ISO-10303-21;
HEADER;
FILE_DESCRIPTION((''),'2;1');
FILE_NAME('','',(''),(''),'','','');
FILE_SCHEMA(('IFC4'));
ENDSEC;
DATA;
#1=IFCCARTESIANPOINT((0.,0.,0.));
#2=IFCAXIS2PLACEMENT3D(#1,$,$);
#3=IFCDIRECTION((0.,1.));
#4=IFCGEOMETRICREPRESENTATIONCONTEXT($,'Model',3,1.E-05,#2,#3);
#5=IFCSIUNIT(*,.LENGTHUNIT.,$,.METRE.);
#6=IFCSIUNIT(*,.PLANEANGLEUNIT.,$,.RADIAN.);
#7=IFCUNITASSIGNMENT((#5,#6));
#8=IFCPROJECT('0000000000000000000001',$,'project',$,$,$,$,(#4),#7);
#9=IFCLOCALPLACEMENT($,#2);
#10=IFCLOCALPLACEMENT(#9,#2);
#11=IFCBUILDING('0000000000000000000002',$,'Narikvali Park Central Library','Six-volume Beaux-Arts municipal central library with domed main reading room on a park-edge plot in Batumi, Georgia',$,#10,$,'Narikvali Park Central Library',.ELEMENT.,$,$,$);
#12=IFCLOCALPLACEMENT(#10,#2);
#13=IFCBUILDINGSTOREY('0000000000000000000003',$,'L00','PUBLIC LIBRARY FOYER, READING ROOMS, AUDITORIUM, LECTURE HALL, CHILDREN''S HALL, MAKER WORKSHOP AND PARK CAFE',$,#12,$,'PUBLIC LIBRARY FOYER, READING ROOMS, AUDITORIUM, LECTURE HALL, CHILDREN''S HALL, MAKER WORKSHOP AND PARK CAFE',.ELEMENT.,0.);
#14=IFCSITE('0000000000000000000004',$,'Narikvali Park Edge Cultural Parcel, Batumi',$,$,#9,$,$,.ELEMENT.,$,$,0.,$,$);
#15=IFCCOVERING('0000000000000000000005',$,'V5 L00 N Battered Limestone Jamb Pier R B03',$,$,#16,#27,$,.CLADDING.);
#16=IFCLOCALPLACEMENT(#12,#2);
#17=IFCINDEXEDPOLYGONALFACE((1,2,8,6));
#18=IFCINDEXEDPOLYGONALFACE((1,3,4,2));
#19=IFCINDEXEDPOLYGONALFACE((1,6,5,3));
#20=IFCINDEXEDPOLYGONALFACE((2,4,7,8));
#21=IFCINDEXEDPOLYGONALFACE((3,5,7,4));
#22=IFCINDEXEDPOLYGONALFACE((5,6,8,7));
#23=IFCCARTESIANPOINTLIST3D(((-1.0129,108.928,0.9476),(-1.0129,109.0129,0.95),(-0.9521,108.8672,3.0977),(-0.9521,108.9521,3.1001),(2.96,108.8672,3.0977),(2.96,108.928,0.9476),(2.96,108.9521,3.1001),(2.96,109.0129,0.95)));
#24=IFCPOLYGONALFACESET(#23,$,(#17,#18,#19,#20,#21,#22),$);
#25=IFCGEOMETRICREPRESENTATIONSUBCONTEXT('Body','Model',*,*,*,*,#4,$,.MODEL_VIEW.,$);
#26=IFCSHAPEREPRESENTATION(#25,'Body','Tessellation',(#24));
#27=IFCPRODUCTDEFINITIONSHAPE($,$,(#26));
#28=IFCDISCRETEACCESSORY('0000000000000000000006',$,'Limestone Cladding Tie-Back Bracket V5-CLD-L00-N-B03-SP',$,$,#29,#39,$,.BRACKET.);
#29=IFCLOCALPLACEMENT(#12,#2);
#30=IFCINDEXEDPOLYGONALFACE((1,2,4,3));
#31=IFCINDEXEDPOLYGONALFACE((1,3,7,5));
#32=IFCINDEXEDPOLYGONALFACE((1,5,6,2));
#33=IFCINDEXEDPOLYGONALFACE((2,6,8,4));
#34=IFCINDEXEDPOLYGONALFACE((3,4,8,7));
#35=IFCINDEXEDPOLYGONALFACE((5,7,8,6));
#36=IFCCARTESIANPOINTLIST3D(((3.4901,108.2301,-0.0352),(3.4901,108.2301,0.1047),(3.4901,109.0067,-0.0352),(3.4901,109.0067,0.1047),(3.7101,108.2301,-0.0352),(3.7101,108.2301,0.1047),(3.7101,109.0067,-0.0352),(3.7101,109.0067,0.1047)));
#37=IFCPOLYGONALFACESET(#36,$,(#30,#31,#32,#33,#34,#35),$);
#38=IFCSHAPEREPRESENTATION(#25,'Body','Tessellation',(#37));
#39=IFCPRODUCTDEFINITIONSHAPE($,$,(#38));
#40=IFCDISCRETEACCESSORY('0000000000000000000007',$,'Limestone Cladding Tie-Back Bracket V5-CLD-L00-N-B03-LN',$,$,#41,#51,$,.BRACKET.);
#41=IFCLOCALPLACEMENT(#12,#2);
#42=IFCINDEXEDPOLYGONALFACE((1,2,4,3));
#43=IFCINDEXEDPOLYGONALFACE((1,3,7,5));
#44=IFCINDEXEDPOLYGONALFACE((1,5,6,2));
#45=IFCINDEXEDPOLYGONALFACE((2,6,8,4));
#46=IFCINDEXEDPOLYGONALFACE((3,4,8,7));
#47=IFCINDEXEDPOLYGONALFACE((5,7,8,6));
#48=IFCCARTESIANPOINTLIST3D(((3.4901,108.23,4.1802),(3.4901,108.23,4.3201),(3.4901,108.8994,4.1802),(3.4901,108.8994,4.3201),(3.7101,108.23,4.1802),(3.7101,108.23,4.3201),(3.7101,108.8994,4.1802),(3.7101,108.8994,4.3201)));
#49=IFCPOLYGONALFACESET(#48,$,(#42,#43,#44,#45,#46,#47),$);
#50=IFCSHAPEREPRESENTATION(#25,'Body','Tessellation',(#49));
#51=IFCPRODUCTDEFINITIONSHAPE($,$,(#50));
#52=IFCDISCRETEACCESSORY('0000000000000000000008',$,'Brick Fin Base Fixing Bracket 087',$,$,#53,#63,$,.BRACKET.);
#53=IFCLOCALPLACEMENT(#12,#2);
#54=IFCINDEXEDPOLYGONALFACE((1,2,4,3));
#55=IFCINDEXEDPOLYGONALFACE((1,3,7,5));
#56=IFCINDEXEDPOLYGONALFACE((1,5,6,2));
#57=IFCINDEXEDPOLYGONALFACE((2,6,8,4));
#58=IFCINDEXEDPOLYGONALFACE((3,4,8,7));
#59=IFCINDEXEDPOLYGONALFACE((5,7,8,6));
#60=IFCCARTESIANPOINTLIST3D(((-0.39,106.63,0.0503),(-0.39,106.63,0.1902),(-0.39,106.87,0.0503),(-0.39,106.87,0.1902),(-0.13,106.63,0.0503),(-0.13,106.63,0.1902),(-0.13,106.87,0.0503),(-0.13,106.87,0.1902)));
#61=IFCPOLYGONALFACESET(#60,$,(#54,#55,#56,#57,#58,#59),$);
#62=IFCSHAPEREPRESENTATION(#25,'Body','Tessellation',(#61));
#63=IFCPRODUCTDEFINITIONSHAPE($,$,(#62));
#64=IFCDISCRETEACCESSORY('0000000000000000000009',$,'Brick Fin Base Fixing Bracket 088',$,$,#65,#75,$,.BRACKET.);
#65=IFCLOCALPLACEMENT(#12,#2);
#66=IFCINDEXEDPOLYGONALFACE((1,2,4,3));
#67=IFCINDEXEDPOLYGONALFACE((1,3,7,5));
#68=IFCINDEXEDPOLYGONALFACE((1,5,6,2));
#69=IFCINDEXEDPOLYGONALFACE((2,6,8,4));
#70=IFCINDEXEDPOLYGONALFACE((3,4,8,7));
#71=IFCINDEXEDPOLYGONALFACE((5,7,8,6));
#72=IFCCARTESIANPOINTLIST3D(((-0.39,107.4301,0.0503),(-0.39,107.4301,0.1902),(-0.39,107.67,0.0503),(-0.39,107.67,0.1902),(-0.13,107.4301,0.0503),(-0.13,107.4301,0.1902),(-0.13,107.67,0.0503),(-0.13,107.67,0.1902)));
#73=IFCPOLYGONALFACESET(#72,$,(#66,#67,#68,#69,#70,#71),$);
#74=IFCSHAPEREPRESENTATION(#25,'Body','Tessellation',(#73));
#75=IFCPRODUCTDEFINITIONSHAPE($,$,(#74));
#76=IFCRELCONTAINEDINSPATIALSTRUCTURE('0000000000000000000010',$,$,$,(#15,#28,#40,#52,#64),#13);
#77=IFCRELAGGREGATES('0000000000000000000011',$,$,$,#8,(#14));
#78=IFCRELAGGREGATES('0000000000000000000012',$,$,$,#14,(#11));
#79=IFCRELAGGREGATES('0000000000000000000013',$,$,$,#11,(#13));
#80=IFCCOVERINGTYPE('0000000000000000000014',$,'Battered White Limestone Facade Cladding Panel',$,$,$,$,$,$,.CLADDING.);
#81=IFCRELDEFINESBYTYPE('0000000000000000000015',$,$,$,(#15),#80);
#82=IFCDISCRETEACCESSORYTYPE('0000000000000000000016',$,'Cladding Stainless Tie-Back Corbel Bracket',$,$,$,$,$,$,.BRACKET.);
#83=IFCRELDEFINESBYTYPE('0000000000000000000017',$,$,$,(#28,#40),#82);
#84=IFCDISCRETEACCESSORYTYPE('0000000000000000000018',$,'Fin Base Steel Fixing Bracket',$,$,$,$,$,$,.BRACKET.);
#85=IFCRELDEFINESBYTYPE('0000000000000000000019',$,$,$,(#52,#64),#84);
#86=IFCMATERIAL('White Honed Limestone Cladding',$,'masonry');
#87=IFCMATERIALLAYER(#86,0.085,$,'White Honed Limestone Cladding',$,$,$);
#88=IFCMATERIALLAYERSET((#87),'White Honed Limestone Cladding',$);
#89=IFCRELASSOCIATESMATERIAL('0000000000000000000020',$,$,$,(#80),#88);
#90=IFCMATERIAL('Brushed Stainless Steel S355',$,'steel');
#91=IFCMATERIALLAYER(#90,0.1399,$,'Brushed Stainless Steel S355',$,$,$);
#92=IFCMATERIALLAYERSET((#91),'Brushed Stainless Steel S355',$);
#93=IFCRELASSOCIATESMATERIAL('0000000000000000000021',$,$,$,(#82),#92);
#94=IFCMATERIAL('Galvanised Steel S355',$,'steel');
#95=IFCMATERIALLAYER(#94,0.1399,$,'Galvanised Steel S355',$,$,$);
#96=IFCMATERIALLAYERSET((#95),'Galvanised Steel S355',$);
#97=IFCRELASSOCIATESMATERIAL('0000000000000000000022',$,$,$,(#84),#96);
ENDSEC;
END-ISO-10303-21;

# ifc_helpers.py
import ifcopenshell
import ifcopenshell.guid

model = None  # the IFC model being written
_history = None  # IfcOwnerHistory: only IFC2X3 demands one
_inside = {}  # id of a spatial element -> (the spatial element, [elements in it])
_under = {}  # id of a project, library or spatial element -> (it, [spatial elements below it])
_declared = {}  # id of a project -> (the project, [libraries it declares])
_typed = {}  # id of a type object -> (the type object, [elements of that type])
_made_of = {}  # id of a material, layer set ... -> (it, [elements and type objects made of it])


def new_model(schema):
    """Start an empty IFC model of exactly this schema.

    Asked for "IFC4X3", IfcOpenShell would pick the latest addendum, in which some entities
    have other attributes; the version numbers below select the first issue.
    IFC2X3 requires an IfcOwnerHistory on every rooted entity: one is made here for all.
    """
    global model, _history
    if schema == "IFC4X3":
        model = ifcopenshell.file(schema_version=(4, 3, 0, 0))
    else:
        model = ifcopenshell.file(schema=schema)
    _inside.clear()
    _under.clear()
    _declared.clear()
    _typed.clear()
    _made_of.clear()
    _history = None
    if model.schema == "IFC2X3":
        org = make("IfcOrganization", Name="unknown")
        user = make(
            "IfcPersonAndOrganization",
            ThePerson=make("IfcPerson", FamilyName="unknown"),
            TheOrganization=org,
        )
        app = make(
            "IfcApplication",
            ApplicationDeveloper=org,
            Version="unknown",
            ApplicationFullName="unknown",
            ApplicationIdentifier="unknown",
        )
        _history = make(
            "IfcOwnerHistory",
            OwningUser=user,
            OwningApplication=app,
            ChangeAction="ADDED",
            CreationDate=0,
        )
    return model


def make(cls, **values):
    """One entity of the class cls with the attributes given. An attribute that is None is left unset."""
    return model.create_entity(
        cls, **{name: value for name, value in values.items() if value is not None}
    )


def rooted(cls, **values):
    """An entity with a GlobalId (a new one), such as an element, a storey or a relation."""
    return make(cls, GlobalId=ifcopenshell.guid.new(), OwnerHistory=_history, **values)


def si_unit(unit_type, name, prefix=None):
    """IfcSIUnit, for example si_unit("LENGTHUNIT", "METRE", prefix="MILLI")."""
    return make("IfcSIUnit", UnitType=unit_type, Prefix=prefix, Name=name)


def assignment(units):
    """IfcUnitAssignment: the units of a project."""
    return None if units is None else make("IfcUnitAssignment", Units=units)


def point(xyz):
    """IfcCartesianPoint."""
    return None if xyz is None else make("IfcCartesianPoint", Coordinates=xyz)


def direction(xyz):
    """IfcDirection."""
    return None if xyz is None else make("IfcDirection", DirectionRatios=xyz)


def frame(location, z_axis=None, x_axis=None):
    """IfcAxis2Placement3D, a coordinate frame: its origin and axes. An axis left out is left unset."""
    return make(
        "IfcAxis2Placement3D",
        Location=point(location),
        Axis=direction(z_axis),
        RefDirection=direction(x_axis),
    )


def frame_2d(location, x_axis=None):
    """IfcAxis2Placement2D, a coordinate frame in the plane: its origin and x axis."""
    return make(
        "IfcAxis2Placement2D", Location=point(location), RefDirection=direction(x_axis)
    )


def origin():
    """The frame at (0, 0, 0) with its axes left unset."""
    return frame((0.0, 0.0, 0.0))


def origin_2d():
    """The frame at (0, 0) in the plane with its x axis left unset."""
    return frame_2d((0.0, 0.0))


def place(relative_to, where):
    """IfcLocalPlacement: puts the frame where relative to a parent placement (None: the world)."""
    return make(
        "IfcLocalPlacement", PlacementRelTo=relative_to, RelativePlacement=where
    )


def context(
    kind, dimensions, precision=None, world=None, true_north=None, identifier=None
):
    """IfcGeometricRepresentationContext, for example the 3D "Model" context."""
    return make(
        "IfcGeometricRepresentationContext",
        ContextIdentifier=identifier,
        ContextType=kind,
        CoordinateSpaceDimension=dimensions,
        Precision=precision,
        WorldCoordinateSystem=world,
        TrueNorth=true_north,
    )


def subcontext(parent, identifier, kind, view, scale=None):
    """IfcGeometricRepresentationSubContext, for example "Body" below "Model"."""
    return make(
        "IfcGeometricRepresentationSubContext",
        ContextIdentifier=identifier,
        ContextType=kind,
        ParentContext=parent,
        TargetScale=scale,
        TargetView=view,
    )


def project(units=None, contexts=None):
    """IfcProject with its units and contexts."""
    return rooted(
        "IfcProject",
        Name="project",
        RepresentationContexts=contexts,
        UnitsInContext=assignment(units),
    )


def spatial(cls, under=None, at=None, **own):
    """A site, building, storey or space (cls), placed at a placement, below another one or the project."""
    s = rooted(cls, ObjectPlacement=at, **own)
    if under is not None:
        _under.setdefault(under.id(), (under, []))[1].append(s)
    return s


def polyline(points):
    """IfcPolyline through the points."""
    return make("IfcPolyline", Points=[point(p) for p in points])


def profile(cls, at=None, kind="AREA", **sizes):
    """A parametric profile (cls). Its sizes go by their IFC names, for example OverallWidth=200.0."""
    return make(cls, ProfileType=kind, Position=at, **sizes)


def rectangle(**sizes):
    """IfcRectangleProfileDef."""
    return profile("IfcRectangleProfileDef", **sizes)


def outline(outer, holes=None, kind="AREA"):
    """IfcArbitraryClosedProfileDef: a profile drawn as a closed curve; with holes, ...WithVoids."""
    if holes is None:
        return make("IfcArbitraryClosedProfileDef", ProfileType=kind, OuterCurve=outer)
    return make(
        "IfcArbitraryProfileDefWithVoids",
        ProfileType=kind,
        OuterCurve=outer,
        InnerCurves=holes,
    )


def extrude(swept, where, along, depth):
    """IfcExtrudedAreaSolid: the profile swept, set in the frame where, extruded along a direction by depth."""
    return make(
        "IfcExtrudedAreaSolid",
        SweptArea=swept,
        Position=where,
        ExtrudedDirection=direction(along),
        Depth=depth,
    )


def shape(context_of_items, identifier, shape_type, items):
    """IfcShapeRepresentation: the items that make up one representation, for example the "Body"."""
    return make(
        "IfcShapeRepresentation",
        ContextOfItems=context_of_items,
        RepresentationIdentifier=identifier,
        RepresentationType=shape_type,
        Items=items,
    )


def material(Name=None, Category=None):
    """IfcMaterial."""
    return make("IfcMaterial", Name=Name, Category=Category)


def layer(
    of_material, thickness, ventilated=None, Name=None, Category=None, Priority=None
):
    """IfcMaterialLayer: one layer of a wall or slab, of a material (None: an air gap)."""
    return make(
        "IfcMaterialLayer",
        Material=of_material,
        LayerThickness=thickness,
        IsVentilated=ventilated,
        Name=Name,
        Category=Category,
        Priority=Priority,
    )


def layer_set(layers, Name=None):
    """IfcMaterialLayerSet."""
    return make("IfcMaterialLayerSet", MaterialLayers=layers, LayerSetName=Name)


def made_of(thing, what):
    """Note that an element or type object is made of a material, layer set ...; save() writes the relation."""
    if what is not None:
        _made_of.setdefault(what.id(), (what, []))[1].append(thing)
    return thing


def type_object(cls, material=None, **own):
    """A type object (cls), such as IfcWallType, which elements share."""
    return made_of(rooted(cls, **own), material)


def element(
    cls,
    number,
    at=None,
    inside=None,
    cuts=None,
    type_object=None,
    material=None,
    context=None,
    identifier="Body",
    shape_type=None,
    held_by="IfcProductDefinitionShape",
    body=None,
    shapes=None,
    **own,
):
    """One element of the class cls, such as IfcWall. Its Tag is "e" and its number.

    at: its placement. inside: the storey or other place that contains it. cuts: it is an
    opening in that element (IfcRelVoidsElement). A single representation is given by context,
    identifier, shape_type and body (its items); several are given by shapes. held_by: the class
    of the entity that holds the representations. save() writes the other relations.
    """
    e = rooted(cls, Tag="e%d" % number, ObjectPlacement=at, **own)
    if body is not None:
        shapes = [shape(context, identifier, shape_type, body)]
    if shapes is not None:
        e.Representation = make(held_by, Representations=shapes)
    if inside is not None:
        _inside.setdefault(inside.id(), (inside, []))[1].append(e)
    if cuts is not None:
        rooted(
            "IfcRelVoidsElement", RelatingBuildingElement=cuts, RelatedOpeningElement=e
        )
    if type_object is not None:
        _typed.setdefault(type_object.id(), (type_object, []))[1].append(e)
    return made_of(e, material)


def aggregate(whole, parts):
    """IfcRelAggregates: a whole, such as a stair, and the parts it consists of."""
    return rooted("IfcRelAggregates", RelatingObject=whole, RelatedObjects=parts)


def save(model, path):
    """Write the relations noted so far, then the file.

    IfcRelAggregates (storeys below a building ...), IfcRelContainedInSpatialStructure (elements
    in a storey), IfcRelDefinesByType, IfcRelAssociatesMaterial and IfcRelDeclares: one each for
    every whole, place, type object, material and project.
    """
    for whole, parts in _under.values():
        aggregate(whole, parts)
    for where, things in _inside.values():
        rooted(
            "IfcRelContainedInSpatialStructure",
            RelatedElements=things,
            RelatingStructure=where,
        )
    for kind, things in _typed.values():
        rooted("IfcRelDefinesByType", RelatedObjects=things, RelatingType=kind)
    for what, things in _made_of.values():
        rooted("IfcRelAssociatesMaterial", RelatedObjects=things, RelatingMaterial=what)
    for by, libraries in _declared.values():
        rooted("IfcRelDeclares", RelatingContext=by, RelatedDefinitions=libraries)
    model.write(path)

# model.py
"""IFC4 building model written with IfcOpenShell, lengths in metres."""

from ifc_helpers import new_model, si_unit, direction, frame, origin, origin_2d, place, context, subcontext, project, spatial, polyline, rectangle, outline, extrude, material, layer, layer_set, type_object, element, save


model = new_model("IFC4")

# Units and contexts
model_context = context("Model", 3, precision=1e-05, world=origin(), true_north=direction((0.0, 1.0)))
body_context = subcontext(model_context, "Body", "Model", "MODEL_VIEW")
ifc_project = project(units=[si_unit("LENGTHUNIT", "METRE"), si_unit("PLANEANGLEUNIT", "RADIAN")], contexts=[model_context])

# Site, building, storey
site_placement = place(None, origin())
site = spatial("IfcSite", under=ifc_project, at=site_placement, Name="Narikvali Park Edge Cultural Parcel, Batumi", CompositionType="ELEMENT", RefElevation=0.0)
building_placement = place(site_placement, origin())
building = spatial("IfcBuilding", under=site, at=building_placement, Name="Narikvali Park Central Library", Description="Six-volume Beaux-Arts municipal central library with domed main reading room on a park-edge plot in Batumi, Georgia", LongName="Narikvali Park Central Library", CompositionType="ELEMENT")
storey_placement = place(building_placement, origin())
storey = spatial("IfcBuildingStorey", under=building, at=storey_placement, Name="L00", Description="PUBLIC LIBRARY FOYER, READING ROOMS, AUDITORIUM, LECTURE HALL, CHILDREN'S HALL, MAKER WORKSHOP AND PARK CAFE", LongName="PUBLIC LIBRARY FOYER, READING ROOMS, AUDITORIUM, LECTURE HALL, CHILDREN'S HALL, MAKER WORKSHOP AND PARK CAFE", CompositionType="ELEMENT", Elevation=0.0)

# Covering
ifc_material_1 = material(Name="White Honed Limestone Cladding", Category="masonry")
ifc_layer_1 = layer(ifc_material_1, 0.085, Name="White Honed Limestone Cladding")
ifc_layer_set_1 = layer_set([ifc_layer_1], Name="White Honed Limestone Cladding")
covering_type = type_object("IfcCoveringType", Name="Battered White Limestone Facade Cladding Panel", PredefinedType="CLADDING", material=ifc_layer_set_1)
covering_1_placement = place(storey_placement, frame((2.96, 109.0129, 0.95), z_axis=(0.0, 0.999601, 0.028262), x_axis=(-1.0, 0.0, 0.0)))
element("IfcCovering", 1, at=covering_1_placement, inside=storey, type_object=covering_type, Name="V5 L00 N Battered Limestone Jamb Pier R B03", PredefinedType="CLADDING", context=body_context, shape_type="SweptSolid", body=[
    extrude(outline(polyline([(0.0, 0.0), (3.9729, 0.0), (3.9121, 2.151), (0.0, 2.151), (0.0, 0.0)])), origin(), (0.0, 0.0, -1.0), 0.085),
])

# Discrete accessories
ifc_material_2 = material(Name="Brushed Stainless Steel S355", Category="steel")
ifc_layer_2 = layer(ifc_material_2, 0.1399, Name="Brushed Stainless Steel S355")
ifc_layer_set_2 = layer_set([ifc_layer_2], Name="Brushed Stainless Steel S355")
discrete_accessory_type_1 = type_object("IfcDiscreteAccessoryType", Name="Cladding Stainless Tie-Back Corbel Bracket", PredefinedType="BRACKET", material=ifc_layer_set_2)
discrete_accessory_1_placement = place(storey_placement, frame((3.6001, 108.6184, -0.0352), z_axis=(0.0, 0.0, 1.0), x_axis=(1.0, 0.0, 0.0)))
element("IfcDiscreteAccessory", 2, at=discrete_accessory_1_placement, inside=storey, type_object=discrete_accessory_type_1, Name="Limestone Cladding Tie-Back Bracket V5-CLD-L00-N-B03-SP", PredefinedType="BRACKET", context=body_context, shape_type="SweptSolid", body=[
    extrude(rectangle(XDim=0.22, YDim=0.7766, at=origin_2d()), origin(), (0.0, 0.0, 1.0), 0.1399),
])
discrete_accessory_2_placement = place(storey_placement, frame((3.6001, 108.5647, 4.1802), z_axis=(0.0, 0.0, 1.0), x_axis=(1.0, 0.0, 0.0)))
element("IfcDiscreteAccessory", 3, at=discrete_accessory_2_placement, inside=storey, type_object=discrete_accessory_type_1, Name="Limestone Cladding Tie-Back Bracket V5-CLD-L00-N-B03-LN", PredefinedType="BRACKET", context=body_context, shape_type="SweptSolid", body=[
    extrude(rectangle(XDim=0.22, YDim=0.6694, at=origin_2d()), origin(), (0.0, 0.0, 1.0), 0.1399),
])
ifc_material_3 = material(Name="Galvanised Steel S355", Category="steel")
ifc_layer_3 = layer(ifc_material_3, 0.1399, Name="Galvanised Steel S355")
ifc_layer_set_3 = layer_set([ifc_layer_3], Name="Galvanised Steel S355")
discrete_accessory_type_2 = type_object("IfcDiscreteAccessoryType", Name="Fin Base Steel Fixing Bracket", PredefinedType="BRACKET", material=ifc_layer_set_3)
for number, where, z_axis, x_axis, name in (
    (4, (-0.26, 106.75, 0.0503), (0.0, 0.0, 1.0), (1.0, 0.0, 0.0), "Brick Fin Base Fixing Bracket 087"),
    (5, (-0.26, 107.55, 0.0503), (0.0, 0.0, 1.0), (1.0, 0.0, 0.0), "Brick Fin Base Fixing Bracket 088"),
):
    element("IfcDiscreteAccessory", number, at=place(storey_placement, frame(where, z_axis=z_axis, x_axis=x_axis)), inside=storey, type_object=discrete_accessory_type_2, Name=name, PredefinedType="BRACKET", context=body_context, shape_type="SweptSolid", body=[
        extrude(rectangle(XDim=0.26, YDim=0.24, at=origin_2d()), origin(), (0.0, 0.0, 1.0), 0.1399),
    ])

save(model, "model.ifc")
